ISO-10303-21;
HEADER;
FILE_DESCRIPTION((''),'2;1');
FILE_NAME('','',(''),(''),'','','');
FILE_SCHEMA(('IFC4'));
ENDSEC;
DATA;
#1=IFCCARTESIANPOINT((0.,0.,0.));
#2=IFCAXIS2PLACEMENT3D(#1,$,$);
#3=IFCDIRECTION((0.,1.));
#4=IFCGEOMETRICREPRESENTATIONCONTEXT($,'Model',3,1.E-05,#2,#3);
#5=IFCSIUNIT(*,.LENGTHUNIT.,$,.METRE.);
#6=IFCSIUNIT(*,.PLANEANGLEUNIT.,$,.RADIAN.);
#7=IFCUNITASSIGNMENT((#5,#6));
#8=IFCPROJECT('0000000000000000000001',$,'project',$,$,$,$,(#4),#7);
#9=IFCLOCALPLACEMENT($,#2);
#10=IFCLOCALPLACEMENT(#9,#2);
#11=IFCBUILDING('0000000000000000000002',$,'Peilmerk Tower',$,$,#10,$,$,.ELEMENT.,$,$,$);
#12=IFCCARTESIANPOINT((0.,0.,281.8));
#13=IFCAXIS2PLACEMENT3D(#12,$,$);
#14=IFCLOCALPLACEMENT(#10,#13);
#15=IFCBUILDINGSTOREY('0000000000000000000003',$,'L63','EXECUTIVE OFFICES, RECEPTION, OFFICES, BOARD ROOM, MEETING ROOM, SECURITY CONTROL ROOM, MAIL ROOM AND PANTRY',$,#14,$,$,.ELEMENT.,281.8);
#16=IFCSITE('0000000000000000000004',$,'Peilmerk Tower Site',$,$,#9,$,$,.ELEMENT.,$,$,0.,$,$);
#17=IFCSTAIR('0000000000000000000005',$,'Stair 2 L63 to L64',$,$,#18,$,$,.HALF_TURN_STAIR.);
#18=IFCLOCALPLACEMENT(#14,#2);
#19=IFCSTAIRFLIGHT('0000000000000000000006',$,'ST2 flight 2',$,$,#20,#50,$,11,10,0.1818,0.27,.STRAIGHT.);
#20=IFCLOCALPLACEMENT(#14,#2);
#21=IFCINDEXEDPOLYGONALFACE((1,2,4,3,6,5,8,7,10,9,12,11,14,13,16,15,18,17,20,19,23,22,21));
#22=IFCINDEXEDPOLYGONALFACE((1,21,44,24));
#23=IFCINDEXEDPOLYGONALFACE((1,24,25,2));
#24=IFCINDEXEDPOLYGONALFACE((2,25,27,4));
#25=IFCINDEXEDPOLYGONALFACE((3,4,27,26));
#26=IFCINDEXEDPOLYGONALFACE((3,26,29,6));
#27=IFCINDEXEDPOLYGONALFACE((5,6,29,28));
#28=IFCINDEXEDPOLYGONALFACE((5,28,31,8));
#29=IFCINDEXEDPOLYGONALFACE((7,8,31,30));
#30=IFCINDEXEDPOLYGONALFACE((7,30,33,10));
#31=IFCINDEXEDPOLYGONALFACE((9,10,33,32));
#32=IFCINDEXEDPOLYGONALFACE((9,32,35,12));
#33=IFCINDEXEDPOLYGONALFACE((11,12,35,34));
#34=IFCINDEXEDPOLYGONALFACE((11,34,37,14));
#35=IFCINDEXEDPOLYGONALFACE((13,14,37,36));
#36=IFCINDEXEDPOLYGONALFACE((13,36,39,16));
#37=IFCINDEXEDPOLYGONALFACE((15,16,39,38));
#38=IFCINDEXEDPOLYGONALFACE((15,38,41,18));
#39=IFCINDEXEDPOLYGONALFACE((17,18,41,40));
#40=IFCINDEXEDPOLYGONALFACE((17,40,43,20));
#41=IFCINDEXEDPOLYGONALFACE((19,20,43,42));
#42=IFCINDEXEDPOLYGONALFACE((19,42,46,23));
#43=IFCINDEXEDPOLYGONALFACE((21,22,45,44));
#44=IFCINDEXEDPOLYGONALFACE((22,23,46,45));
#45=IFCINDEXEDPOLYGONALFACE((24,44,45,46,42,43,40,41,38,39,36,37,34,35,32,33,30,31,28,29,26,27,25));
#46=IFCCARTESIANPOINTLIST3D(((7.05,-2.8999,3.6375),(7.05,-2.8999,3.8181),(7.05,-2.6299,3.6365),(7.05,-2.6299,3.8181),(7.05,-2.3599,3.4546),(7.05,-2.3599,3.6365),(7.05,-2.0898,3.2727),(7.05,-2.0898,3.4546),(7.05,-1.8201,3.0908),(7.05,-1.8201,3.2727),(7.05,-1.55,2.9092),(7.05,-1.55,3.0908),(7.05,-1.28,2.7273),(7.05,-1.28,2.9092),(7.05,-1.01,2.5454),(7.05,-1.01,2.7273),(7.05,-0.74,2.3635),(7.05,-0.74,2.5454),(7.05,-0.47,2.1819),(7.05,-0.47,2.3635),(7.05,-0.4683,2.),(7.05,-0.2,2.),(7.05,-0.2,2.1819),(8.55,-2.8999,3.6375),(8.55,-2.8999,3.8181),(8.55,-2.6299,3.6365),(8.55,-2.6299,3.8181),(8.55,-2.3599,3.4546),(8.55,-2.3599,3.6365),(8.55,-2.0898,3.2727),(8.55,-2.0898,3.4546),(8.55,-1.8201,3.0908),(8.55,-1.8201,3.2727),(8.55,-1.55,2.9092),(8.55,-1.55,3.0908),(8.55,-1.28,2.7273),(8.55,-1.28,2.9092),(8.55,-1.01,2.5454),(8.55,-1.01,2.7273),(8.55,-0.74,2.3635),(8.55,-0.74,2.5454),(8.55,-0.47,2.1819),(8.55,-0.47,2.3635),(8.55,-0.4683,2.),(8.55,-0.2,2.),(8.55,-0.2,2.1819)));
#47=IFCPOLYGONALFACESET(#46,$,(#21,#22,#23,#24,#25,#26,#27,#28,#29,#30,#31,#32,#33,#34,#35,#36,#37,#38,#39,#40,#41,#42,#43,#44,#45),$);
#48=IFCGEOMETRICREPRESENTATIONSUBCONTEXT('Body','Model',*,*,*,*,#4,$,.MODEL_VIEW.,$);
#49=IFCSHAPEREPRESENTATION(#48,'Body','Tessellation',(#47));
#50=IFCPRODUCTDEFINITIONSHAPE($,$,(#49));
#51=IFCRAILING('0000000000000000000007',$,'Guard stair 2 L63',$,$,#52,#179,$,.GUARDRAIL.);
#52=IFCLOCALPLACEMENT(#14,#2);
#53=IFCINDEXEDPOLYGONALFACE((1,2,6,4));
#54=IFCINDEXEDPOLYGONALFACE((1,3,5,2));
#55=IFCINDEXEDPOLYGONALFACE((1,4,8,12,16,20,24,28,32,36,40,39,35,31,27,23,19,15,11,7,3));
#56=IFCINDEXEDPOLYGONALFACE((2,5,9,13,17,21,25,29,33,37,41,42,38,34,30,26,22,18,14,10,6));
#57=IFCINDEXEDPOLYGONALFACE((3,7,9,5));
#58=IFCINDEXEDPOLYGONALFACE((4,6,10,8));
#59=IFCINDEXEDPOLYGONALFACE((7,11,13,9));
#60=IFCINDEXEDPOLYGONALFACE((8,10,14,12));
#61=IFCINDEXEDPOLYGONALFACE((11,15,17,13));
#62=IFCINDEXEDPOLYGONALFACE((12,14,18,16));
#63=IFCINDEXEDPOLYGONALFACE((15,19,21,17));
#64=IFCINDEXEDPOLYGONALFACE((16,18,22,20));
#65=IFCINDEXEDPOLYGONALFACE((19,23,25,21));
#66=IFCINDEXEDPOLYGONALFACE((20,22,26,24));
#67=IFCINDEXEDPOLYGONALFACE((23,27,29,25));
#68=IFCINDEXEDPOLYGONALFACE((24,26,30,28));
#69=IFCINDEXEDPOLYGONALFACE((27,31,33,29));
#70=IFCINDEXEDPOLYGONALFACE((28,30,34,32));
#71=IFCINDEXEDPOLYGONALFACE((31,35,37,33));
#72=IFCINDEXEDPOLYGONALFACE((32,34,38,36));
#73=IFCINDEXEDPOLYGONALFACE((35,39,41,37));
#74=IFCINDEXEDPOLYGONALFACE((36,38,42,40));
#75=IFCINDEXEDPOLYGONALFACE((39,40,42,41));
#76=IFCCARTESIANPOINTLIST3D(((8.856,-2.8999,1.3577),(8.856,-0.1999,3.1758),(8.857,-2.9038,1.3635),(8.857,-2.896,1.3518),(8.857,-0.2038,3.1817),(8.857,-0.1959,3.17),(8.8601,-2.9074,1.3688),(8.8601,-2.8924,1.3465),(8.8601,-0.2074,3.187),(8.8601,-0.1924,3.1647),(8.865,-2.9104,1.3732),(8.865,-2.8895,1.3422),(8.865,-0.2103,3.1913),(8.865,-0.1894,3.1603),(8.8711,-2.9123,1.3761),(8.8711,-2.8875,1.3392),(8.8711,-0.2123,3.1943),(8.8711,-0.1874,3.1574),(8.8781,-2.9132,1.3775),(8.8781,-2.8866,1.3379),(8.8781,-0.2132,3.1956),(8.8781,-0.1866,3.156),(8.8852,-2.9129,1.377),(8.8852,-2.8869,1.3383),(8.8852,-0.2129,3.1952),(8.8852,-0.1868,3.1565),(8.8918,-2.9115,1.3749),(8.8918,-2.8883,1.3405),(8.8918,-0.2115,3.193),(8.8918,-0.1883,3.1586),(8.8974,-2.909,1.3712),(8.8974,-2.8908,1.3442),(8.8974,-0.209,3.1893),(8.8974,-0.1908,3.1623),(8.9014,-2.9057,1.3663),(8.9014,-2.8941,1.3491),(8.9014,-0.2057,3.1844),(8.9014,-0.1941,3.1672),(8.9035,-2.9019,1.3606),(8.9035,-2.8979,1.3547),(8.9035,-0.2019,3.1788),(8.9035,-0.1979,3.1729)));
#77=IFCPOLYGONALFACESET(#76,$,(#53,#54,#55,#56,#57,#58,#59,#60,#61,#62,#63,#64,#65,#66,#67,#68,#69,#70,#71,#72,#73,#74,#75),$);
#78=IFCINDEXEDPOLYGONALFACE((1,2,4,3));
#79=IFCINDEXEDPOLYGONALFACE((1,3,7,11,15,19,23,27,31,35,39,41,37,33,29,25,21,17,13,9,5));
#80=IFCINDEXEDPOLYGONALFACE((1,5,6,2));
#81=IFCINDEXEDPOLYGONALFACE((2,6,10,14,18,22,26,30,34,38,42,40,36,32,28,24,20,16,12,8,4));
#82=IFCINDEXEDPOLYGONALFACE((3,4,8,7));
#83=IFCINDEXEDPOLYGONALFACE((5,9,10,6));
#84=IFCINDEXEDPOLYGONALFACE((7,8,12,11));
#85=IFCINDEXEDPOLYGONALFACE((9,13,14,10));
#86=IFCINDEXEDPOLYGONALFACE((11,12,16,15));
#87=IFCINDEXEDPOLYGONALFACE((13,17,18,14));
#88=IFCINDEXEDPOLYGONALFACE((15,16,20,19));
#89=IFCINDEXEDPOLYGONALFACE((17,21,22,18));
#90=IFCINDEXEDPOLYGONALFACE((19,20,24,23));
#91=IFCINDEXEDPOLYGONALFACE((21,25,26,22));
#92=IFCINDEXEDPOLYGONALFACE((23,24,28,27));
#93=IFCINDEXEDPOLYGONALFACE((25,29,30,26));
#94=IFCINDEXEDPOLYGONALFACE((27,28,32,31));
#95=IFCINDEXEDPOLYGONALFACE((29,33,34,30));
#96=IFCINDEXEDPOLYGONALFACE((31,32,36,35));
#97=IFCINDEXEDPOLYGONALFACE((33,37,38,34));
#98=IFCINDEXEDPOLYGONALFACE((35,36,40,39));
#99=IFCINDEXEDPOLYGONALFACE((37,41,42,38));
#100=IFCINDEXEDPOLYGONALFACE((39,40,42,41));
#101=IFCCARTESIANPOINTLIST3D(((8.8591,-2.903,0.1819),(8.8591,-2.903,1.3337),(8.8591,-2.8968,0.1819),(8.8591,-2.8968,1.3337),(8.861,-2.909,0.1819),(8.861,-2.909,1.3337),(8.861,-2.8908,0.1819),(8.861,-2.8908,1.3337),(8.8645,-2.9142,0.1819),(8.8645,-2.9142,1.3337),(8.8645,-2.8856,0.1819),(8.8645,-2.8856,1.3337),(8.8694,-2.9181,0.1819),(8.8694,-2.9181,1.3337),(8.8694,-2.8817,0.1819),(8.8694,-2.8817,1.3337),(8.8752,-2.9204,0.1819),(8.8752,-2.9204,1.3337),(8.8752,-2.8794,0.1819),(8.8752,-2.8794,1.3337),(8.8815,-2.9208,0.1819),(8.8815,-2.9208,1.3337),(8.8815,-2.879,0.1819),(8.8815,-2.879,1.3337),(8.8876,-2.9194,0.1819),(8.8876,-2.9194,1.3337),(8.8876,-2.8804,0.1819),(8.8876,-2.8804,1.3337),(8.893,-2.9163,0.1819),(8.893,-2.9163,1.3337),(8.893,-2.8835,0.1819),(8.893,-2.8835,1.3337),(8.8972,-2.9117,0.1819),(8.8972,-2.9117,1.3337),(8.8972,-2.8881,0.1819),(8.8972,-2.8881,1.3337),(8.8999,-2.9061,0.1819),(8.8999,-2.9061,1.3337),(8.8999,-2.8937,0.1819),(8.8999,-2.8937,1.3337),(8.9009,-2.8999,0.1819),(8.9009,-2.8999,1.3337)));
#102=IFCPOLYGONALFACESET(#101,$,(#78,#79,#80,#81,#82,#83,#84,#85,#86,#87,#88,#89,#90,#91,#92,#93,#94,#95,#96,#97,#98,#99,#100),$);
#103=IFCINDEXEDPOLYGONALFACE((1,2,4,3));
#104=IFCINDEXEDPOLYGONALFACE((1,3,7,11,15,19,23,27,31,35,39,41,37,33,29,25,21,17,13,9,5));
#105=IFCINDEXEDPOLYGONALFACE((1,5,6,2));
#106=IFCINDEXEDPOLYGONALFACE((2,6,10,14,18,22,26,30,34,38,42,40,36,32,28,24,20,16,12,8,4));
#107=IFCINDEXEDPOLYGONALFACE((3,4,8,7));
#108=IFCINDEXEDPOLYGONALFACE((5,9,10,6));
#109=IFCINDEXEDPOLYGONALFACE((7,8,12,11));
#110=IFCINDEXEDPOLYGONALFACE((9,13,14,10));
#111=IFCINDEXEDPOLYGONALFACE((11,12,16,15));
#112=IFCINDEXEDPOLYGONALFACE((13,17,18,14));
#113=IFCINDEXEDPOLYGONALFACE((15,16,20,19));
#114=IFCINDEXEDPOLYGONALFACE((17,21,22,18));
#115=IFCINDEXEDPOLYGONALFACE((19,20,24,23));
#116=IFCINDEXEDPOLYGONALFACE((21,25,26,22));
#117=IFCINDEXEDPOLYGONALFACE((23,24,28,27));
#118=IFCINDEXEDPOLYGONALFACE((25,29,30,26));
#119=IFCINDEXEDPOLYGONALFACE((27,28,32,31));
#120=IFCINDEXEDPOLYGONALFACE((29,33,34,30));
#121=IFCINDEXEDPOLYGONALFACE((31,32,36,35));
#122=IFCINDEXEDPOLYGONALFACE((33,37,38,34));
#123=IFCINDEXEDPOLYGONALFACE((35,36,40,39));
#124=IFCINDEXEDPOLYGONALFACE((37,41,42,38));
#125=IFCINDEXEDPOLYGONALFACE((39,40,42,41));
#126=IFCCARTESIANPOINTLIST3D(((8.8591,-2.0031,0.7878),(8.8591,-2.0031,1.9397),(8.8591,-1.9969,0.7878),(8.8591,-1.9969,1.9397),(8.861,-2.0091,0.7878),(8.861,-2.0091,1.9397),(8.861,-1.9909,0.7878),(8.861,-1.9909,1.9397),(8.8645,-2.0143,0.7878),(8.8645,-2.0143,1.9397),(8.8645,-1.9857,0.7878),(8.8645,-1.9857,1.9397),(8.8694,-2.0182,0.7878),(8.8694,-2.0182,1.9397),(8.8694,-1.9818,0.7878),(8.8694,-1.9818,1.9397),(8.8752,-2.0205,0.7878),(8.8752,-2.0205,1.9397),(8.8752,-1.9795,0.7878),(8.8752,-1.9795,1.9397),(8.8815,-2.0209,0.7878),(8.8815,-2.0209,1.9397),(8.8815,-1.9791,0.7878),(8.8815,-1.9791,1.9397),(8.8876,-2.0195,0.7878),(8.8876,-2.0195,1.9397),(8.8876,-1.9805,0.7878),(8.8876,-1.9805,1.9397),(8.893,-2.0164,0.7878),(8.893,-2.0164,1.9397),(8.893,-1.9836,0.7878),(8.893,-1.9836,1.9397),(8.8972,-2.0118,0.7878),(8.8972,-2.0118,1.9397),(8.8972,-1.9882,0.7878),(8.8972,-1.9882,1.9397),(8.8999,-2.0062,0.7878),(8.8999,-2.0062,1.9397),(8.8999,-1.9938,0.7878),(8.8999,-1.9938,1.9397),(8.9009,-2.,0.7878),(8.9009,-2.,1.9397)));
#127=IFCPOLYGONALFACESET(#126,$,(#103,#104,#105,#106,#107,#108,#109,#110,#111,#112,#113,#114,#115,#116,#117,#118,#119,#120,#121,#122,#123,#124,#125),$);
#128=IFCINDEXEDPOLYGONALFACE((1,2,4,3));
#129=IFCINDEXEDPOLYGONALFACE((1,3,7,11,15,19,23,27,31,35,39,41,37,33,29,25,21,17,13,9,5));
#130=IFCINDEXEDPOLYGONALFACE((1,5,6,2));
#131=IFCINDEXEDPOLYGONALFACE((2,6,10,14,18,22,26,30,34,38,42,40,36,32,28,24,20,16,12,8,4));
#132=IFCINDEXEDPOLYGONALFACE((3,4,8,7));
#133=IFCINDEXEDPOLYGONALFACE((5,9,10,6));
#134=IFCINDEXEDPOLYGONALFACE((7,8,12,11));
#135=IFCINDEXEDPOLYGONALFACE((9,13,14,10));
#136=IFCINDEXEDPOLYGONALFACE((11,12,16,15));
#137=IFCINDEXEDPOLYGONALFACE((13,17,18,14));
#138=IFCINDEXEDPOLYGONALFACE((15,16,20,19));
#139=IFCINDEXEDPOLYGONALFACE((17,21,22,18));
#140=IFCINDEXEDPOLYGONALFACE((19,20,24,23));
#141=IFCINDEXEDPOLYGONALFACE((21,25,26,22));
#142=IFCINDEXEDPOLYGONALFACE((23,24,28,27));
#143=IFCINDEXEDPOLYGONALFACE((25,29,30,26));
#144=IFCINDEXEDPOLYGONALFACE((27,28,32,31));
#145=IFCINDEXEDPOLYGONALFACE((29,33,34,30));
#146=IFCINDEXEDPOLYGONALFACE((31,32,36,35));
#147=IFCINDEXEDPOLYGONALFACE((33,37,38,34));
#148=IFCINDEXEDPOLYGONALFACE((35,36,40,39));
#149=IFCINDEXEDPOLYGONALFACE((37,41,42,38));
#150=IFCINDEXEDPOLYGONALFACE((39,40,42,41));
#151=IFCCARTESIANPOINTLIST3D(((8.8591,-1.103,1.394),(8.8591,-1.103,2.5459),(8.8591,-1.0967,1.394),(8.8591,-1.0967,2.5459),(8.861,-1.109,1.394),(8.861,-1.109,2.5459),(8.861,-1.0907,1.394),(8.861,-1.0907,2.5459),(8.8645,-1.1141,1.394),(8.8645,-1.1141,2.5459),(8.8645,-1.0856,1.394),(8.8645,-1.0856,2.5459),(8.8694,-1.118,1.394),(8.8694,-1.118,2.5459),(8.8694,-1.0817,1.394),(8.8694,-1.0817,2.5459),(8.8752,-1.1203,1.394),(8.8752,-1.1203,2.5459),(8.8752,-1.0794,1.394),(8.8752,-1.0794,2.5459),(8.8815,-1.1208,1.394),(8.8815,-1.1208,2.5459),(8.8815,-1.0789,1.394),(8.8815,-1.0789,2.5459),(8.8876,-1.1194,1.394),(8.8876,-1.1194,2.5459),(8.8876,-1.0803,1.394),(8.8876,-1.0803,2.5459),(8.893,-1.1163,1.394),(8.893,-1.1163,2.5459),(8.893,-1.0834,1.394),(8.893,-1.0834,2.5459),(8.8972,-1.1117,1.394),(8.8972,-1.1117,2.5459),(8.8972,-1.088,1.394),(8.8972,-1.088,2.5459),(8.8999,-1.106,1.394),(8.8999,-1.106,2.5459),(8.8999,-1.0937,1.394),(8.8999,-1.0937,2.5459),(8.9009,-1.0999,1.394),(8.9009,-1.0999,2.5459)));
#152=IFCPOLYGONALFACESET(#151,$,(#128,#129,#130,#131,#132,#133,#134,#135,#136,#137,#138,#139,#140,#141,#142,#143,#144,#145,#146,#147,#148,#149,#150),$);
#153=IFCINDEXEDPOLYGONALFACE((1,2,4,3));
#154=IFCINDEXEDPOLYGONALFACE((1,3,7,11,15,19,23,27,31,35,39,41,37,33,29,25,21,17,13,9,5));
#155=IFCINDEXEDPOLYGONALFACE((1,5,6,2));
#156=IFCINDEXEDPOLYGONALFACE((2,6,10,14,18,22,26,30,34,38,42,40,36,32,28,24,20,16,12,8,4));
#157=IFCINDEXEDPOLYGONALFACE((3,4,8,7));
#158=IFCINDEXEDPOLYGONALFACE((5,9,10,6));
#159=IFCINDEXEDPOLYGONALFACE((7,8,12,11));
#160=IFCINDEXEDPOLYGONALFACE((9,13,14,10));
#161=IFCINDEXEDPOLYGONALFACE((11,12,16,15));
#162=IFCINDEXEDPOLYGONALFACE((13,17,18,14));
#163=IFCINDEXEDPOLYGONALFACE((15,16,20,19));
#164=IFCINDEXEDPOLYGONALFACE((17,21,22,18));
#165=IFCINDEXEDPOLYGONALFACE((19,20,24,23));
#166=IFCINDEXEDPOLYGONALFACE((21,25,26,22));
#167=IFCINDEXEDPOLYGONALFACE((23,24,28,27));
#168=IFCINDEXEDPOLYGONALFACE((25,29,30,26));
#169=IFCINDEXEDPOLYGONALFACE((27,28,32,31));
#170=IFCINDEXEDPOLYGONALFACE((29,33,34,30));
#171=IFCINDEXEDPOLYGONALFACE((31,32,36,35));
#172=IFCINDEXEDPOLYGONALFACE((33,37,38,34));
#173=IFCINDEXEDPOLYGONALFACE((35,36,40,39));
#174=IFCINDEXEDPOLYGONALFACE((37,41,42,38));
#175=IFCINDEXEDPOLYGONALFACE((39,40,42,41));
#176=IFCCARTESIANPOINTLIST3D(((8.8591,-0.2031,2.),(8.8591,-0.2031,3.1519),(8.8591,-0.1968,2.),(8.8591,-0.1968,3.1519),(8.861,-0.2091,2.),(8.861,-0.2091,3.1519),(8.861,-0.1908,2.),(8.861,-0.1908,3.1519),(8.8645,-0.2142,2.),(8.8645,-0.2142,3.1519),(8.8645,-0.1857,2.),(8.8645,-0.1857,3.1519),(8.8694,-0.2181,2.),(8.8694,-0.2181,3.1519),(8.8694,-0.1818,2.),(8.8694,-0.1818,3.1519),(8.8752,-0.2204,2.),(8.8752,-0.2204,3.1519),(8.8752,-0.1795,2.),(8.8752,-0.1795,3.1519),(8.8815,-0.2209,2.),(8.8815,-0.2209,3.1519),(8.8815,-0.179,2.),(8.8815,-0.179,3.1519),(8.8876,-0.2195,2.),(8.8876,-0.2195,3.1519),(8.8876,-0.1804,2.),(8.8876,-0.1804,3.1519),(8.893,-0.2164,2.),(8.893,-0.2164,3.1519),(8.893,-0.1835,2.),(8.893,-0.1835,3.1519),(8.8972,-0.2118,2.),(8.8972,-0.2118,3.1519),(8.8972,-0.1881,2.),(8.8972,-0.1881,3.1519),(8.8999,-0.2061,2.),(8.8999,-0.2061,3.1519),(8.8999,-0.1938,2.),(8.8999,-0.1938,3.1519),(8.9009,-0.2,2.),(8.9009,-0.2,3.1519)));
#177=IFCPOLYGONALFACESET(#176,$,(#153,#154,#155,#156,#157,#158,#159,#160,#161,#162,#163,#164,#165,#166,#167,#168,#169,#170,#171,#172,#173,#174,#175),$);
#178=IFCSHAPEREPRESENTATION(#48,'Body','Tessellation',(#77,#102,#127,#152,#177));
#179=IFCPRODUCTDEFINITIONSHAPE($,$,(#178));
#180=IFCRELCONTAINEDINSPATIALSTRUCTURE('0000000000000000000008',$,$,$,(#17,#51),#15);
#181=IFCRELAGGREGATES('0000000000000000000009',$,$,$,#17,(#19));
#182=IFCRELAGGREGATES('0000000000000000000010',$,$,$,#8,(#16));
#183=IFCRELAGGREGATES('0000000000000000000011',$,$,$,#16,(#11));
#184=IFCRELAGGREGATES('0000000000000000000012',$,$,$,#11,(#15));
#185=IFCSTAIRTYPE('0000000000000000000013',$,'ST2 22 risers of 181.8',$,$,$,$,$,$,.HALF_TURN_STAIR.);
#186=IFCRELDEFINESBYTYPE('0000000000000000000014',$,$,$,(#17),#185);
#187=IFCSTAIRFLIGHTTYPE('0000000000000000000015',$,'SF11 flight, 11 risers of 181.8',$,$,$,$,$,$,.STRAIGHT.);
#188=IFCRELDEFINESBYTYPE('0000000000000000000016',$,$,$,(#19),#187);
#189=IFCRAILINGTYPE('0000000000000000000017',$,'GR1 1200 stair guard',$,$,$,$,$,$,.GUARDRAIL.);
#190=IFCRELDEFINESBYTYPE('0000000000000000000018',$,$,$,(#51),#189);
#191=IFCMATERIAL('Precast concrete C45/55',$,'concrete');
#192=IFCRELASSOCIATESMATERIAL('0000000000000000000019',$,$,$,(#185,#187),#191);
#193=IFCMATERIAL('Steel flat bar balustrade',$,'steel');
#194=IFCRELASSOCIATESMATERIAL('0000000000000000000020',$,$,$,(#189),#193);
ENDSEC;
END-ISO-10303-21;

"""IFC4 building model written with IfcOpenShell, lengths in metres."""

from ifc_helpers import new_model, si_unit, direction, frame, origin, origin_2d, place, context, subcontext, project, spatial, polyline, circle, outline, extrude, material, type_object, element, aggregate, save


model = new_model("IFC4")

# Units and contexts
model_context = context("Model", 3, precision=1e-05, world=origin(), true_north=direction((0.0, 1.0)))
body_context = subcontext(model_context, "Body", "Model", "MODEL_VIEW")
ifc_project = project(units=[si_unit("LENGTHUNIT", "METRE"), si_unit("PLANEANGLEUNIT", "RADIAN")], contexts=[model_context])

# Site, building, storey
site_placement = place(None, origin())
site = spatial("IfcSite", under=ifc_project, at=site_placement, Name="Peilmerk Tower Site", CompositionType="ELEMENT", RefElevation=0.0)
building_placement = place(site_placement, origin())
building = spatial("IfcBuilding", under=site, at=building_placement, Name="Peilmerk Tower", CompositionType="ELEMENT")
storey_placement = place(building_placement, frame((0.0, 0.0, 281.8)))
storey = spatial("IfcBuildingStorey", under=building, at=storey_placement, Name="L63", Description="EXECUTIVE OFFICES, RECEPTION, OFFICES, BOARD ROOM, MEETING ROOM, SECURITY CONTROL ROOM, MAIL ROOM AND PANTRY", CompositionType="ELEMENT", Elevation=281.8)

# Stair
ifc_material_1 = material(Name="Precast concrete C45/55", Category="concrete")
stair_type_1 = type_object("IfcStairType", Name="ST2 22 risers of 181.8", PredefinedType="HALF_TURN_STAIR", material=ifc_material_1)
stair_1_placement = place(storey_placement, origin())
stair_1 = element("IfcStair", 1, at=stair_1_placement, inside=storey, type_object=stair_type_1, Name="Stair 2 L63 to L64", PredefinedType="HALF_TURN_STAIR")

# Stair flight
stair_flight_type = type_object("IfcStairFlightType", Name="SF11 flight, 11 risers of 181.8", PredefinedType="STRAIGHT", material=ifc_material_1)
stair_flight_1_placement = place(storey_placement, frame((7.8, -0.2, 2.0), z_axis=(0.0, 0.0, 1.0), x_axis=(0.0, -1.0, 0.0)))
stair_flight_1 = element("IfcStairFlight", 2, at=stair_flight_1_placement, type_object=stair_flight_type, Name="ST2 flight 2", NumberOfRisers=11, NumberOfTreads=10, PredefinedType="STRAIGHT", RiserHeight=0.1818, TreadLength=0.27, context=body_context, shape_type="SweptSolid", body=[
    extrude(outline(polyline([(0.0, 0.0), (0.0, 0.1819), (0.27, 0.1819), (0.27, 0.3635), (0.54, 0.3635), (0.54, 0.5454), (0.8101, 0.5454), (0.8101, 0.7273), (1.0801, 0.7273), (1.0801, 0.9092), (1.3501, 0.9092), (1.3501, 1.0908), (1.6201, 1.0908), (1.6201, 1.2727), (1.8899, 1.2727), (1.8899, 1.4546), (2.1599, 1.4546), (2.1599, 1.6365), (2.4299, 1.6365), (2.4299, 1.8181), (2.7, 1.8181), (2.7, 2.0), (2.7, 1.6375), (0.2683, 0.0), (0.0, 0.0)])), frame((0.0, 0.75, 0.0), z_axis=(0.0, -1.0, 0.0), x_axis=(1.0, 0.0, 0.0)), (0.0, 0.0, 1.0), 1.5),
])
aggregate(stair_1, [stair_flight_1])

# Railing
ifc_material_2 = material(Name="Steel flat bar balustrade", Category="steel")
railing_type_1 = type_object("IfcRailingType", Name="GR1 1200 stair guard", PredefinedType="GUARDRAIL", material=ifc_material_2)
railing_1_placement = place(storey_placement, frame((8.8799, -2.8999, 0.1819)))
element("IfcRailing", 3, at=railing_1_placement, inside=storey, type_object=railing_type_1, Name="Guard stair 2 L63", PredefinedType="GUARDRAIL", context=body_context, shape_type="SweptSolid", body=[
    extrude(circle(Radius=0.0239, at=origin_2d()), frame((0.0, 0.0, 1.1758), z_axis=(0.0, 0.829468, 0.558554), x_axis=(-1.0, 0.0, 0.0)), (0.0, 0.0, 1.0), 3.2551),
    extrude(circle(Radius=0.021, at=origin_2d()), origin(), (0.0, 0.0, 1.0), 1.1519),
    extrude(circle(Radius=0.021, at=origin_2d()), frame((0.0, 0.8999, 0.606)), (0.0, 0.0, 1.0), 1.1519),
    extrude(circle(Radius=0.021, at=origin_2d()), frame((0.0, 1.8, 1.2122)), (0.0, 0.0, 1.0), 1.1519),
    extrude(circle(Radius=0.021, at=origin_2d()), frame((0.0, 2.7, 1.8181)), (0.0, 0.0, 1.0), 1.1519),
])

save(model, "model.ifc")
